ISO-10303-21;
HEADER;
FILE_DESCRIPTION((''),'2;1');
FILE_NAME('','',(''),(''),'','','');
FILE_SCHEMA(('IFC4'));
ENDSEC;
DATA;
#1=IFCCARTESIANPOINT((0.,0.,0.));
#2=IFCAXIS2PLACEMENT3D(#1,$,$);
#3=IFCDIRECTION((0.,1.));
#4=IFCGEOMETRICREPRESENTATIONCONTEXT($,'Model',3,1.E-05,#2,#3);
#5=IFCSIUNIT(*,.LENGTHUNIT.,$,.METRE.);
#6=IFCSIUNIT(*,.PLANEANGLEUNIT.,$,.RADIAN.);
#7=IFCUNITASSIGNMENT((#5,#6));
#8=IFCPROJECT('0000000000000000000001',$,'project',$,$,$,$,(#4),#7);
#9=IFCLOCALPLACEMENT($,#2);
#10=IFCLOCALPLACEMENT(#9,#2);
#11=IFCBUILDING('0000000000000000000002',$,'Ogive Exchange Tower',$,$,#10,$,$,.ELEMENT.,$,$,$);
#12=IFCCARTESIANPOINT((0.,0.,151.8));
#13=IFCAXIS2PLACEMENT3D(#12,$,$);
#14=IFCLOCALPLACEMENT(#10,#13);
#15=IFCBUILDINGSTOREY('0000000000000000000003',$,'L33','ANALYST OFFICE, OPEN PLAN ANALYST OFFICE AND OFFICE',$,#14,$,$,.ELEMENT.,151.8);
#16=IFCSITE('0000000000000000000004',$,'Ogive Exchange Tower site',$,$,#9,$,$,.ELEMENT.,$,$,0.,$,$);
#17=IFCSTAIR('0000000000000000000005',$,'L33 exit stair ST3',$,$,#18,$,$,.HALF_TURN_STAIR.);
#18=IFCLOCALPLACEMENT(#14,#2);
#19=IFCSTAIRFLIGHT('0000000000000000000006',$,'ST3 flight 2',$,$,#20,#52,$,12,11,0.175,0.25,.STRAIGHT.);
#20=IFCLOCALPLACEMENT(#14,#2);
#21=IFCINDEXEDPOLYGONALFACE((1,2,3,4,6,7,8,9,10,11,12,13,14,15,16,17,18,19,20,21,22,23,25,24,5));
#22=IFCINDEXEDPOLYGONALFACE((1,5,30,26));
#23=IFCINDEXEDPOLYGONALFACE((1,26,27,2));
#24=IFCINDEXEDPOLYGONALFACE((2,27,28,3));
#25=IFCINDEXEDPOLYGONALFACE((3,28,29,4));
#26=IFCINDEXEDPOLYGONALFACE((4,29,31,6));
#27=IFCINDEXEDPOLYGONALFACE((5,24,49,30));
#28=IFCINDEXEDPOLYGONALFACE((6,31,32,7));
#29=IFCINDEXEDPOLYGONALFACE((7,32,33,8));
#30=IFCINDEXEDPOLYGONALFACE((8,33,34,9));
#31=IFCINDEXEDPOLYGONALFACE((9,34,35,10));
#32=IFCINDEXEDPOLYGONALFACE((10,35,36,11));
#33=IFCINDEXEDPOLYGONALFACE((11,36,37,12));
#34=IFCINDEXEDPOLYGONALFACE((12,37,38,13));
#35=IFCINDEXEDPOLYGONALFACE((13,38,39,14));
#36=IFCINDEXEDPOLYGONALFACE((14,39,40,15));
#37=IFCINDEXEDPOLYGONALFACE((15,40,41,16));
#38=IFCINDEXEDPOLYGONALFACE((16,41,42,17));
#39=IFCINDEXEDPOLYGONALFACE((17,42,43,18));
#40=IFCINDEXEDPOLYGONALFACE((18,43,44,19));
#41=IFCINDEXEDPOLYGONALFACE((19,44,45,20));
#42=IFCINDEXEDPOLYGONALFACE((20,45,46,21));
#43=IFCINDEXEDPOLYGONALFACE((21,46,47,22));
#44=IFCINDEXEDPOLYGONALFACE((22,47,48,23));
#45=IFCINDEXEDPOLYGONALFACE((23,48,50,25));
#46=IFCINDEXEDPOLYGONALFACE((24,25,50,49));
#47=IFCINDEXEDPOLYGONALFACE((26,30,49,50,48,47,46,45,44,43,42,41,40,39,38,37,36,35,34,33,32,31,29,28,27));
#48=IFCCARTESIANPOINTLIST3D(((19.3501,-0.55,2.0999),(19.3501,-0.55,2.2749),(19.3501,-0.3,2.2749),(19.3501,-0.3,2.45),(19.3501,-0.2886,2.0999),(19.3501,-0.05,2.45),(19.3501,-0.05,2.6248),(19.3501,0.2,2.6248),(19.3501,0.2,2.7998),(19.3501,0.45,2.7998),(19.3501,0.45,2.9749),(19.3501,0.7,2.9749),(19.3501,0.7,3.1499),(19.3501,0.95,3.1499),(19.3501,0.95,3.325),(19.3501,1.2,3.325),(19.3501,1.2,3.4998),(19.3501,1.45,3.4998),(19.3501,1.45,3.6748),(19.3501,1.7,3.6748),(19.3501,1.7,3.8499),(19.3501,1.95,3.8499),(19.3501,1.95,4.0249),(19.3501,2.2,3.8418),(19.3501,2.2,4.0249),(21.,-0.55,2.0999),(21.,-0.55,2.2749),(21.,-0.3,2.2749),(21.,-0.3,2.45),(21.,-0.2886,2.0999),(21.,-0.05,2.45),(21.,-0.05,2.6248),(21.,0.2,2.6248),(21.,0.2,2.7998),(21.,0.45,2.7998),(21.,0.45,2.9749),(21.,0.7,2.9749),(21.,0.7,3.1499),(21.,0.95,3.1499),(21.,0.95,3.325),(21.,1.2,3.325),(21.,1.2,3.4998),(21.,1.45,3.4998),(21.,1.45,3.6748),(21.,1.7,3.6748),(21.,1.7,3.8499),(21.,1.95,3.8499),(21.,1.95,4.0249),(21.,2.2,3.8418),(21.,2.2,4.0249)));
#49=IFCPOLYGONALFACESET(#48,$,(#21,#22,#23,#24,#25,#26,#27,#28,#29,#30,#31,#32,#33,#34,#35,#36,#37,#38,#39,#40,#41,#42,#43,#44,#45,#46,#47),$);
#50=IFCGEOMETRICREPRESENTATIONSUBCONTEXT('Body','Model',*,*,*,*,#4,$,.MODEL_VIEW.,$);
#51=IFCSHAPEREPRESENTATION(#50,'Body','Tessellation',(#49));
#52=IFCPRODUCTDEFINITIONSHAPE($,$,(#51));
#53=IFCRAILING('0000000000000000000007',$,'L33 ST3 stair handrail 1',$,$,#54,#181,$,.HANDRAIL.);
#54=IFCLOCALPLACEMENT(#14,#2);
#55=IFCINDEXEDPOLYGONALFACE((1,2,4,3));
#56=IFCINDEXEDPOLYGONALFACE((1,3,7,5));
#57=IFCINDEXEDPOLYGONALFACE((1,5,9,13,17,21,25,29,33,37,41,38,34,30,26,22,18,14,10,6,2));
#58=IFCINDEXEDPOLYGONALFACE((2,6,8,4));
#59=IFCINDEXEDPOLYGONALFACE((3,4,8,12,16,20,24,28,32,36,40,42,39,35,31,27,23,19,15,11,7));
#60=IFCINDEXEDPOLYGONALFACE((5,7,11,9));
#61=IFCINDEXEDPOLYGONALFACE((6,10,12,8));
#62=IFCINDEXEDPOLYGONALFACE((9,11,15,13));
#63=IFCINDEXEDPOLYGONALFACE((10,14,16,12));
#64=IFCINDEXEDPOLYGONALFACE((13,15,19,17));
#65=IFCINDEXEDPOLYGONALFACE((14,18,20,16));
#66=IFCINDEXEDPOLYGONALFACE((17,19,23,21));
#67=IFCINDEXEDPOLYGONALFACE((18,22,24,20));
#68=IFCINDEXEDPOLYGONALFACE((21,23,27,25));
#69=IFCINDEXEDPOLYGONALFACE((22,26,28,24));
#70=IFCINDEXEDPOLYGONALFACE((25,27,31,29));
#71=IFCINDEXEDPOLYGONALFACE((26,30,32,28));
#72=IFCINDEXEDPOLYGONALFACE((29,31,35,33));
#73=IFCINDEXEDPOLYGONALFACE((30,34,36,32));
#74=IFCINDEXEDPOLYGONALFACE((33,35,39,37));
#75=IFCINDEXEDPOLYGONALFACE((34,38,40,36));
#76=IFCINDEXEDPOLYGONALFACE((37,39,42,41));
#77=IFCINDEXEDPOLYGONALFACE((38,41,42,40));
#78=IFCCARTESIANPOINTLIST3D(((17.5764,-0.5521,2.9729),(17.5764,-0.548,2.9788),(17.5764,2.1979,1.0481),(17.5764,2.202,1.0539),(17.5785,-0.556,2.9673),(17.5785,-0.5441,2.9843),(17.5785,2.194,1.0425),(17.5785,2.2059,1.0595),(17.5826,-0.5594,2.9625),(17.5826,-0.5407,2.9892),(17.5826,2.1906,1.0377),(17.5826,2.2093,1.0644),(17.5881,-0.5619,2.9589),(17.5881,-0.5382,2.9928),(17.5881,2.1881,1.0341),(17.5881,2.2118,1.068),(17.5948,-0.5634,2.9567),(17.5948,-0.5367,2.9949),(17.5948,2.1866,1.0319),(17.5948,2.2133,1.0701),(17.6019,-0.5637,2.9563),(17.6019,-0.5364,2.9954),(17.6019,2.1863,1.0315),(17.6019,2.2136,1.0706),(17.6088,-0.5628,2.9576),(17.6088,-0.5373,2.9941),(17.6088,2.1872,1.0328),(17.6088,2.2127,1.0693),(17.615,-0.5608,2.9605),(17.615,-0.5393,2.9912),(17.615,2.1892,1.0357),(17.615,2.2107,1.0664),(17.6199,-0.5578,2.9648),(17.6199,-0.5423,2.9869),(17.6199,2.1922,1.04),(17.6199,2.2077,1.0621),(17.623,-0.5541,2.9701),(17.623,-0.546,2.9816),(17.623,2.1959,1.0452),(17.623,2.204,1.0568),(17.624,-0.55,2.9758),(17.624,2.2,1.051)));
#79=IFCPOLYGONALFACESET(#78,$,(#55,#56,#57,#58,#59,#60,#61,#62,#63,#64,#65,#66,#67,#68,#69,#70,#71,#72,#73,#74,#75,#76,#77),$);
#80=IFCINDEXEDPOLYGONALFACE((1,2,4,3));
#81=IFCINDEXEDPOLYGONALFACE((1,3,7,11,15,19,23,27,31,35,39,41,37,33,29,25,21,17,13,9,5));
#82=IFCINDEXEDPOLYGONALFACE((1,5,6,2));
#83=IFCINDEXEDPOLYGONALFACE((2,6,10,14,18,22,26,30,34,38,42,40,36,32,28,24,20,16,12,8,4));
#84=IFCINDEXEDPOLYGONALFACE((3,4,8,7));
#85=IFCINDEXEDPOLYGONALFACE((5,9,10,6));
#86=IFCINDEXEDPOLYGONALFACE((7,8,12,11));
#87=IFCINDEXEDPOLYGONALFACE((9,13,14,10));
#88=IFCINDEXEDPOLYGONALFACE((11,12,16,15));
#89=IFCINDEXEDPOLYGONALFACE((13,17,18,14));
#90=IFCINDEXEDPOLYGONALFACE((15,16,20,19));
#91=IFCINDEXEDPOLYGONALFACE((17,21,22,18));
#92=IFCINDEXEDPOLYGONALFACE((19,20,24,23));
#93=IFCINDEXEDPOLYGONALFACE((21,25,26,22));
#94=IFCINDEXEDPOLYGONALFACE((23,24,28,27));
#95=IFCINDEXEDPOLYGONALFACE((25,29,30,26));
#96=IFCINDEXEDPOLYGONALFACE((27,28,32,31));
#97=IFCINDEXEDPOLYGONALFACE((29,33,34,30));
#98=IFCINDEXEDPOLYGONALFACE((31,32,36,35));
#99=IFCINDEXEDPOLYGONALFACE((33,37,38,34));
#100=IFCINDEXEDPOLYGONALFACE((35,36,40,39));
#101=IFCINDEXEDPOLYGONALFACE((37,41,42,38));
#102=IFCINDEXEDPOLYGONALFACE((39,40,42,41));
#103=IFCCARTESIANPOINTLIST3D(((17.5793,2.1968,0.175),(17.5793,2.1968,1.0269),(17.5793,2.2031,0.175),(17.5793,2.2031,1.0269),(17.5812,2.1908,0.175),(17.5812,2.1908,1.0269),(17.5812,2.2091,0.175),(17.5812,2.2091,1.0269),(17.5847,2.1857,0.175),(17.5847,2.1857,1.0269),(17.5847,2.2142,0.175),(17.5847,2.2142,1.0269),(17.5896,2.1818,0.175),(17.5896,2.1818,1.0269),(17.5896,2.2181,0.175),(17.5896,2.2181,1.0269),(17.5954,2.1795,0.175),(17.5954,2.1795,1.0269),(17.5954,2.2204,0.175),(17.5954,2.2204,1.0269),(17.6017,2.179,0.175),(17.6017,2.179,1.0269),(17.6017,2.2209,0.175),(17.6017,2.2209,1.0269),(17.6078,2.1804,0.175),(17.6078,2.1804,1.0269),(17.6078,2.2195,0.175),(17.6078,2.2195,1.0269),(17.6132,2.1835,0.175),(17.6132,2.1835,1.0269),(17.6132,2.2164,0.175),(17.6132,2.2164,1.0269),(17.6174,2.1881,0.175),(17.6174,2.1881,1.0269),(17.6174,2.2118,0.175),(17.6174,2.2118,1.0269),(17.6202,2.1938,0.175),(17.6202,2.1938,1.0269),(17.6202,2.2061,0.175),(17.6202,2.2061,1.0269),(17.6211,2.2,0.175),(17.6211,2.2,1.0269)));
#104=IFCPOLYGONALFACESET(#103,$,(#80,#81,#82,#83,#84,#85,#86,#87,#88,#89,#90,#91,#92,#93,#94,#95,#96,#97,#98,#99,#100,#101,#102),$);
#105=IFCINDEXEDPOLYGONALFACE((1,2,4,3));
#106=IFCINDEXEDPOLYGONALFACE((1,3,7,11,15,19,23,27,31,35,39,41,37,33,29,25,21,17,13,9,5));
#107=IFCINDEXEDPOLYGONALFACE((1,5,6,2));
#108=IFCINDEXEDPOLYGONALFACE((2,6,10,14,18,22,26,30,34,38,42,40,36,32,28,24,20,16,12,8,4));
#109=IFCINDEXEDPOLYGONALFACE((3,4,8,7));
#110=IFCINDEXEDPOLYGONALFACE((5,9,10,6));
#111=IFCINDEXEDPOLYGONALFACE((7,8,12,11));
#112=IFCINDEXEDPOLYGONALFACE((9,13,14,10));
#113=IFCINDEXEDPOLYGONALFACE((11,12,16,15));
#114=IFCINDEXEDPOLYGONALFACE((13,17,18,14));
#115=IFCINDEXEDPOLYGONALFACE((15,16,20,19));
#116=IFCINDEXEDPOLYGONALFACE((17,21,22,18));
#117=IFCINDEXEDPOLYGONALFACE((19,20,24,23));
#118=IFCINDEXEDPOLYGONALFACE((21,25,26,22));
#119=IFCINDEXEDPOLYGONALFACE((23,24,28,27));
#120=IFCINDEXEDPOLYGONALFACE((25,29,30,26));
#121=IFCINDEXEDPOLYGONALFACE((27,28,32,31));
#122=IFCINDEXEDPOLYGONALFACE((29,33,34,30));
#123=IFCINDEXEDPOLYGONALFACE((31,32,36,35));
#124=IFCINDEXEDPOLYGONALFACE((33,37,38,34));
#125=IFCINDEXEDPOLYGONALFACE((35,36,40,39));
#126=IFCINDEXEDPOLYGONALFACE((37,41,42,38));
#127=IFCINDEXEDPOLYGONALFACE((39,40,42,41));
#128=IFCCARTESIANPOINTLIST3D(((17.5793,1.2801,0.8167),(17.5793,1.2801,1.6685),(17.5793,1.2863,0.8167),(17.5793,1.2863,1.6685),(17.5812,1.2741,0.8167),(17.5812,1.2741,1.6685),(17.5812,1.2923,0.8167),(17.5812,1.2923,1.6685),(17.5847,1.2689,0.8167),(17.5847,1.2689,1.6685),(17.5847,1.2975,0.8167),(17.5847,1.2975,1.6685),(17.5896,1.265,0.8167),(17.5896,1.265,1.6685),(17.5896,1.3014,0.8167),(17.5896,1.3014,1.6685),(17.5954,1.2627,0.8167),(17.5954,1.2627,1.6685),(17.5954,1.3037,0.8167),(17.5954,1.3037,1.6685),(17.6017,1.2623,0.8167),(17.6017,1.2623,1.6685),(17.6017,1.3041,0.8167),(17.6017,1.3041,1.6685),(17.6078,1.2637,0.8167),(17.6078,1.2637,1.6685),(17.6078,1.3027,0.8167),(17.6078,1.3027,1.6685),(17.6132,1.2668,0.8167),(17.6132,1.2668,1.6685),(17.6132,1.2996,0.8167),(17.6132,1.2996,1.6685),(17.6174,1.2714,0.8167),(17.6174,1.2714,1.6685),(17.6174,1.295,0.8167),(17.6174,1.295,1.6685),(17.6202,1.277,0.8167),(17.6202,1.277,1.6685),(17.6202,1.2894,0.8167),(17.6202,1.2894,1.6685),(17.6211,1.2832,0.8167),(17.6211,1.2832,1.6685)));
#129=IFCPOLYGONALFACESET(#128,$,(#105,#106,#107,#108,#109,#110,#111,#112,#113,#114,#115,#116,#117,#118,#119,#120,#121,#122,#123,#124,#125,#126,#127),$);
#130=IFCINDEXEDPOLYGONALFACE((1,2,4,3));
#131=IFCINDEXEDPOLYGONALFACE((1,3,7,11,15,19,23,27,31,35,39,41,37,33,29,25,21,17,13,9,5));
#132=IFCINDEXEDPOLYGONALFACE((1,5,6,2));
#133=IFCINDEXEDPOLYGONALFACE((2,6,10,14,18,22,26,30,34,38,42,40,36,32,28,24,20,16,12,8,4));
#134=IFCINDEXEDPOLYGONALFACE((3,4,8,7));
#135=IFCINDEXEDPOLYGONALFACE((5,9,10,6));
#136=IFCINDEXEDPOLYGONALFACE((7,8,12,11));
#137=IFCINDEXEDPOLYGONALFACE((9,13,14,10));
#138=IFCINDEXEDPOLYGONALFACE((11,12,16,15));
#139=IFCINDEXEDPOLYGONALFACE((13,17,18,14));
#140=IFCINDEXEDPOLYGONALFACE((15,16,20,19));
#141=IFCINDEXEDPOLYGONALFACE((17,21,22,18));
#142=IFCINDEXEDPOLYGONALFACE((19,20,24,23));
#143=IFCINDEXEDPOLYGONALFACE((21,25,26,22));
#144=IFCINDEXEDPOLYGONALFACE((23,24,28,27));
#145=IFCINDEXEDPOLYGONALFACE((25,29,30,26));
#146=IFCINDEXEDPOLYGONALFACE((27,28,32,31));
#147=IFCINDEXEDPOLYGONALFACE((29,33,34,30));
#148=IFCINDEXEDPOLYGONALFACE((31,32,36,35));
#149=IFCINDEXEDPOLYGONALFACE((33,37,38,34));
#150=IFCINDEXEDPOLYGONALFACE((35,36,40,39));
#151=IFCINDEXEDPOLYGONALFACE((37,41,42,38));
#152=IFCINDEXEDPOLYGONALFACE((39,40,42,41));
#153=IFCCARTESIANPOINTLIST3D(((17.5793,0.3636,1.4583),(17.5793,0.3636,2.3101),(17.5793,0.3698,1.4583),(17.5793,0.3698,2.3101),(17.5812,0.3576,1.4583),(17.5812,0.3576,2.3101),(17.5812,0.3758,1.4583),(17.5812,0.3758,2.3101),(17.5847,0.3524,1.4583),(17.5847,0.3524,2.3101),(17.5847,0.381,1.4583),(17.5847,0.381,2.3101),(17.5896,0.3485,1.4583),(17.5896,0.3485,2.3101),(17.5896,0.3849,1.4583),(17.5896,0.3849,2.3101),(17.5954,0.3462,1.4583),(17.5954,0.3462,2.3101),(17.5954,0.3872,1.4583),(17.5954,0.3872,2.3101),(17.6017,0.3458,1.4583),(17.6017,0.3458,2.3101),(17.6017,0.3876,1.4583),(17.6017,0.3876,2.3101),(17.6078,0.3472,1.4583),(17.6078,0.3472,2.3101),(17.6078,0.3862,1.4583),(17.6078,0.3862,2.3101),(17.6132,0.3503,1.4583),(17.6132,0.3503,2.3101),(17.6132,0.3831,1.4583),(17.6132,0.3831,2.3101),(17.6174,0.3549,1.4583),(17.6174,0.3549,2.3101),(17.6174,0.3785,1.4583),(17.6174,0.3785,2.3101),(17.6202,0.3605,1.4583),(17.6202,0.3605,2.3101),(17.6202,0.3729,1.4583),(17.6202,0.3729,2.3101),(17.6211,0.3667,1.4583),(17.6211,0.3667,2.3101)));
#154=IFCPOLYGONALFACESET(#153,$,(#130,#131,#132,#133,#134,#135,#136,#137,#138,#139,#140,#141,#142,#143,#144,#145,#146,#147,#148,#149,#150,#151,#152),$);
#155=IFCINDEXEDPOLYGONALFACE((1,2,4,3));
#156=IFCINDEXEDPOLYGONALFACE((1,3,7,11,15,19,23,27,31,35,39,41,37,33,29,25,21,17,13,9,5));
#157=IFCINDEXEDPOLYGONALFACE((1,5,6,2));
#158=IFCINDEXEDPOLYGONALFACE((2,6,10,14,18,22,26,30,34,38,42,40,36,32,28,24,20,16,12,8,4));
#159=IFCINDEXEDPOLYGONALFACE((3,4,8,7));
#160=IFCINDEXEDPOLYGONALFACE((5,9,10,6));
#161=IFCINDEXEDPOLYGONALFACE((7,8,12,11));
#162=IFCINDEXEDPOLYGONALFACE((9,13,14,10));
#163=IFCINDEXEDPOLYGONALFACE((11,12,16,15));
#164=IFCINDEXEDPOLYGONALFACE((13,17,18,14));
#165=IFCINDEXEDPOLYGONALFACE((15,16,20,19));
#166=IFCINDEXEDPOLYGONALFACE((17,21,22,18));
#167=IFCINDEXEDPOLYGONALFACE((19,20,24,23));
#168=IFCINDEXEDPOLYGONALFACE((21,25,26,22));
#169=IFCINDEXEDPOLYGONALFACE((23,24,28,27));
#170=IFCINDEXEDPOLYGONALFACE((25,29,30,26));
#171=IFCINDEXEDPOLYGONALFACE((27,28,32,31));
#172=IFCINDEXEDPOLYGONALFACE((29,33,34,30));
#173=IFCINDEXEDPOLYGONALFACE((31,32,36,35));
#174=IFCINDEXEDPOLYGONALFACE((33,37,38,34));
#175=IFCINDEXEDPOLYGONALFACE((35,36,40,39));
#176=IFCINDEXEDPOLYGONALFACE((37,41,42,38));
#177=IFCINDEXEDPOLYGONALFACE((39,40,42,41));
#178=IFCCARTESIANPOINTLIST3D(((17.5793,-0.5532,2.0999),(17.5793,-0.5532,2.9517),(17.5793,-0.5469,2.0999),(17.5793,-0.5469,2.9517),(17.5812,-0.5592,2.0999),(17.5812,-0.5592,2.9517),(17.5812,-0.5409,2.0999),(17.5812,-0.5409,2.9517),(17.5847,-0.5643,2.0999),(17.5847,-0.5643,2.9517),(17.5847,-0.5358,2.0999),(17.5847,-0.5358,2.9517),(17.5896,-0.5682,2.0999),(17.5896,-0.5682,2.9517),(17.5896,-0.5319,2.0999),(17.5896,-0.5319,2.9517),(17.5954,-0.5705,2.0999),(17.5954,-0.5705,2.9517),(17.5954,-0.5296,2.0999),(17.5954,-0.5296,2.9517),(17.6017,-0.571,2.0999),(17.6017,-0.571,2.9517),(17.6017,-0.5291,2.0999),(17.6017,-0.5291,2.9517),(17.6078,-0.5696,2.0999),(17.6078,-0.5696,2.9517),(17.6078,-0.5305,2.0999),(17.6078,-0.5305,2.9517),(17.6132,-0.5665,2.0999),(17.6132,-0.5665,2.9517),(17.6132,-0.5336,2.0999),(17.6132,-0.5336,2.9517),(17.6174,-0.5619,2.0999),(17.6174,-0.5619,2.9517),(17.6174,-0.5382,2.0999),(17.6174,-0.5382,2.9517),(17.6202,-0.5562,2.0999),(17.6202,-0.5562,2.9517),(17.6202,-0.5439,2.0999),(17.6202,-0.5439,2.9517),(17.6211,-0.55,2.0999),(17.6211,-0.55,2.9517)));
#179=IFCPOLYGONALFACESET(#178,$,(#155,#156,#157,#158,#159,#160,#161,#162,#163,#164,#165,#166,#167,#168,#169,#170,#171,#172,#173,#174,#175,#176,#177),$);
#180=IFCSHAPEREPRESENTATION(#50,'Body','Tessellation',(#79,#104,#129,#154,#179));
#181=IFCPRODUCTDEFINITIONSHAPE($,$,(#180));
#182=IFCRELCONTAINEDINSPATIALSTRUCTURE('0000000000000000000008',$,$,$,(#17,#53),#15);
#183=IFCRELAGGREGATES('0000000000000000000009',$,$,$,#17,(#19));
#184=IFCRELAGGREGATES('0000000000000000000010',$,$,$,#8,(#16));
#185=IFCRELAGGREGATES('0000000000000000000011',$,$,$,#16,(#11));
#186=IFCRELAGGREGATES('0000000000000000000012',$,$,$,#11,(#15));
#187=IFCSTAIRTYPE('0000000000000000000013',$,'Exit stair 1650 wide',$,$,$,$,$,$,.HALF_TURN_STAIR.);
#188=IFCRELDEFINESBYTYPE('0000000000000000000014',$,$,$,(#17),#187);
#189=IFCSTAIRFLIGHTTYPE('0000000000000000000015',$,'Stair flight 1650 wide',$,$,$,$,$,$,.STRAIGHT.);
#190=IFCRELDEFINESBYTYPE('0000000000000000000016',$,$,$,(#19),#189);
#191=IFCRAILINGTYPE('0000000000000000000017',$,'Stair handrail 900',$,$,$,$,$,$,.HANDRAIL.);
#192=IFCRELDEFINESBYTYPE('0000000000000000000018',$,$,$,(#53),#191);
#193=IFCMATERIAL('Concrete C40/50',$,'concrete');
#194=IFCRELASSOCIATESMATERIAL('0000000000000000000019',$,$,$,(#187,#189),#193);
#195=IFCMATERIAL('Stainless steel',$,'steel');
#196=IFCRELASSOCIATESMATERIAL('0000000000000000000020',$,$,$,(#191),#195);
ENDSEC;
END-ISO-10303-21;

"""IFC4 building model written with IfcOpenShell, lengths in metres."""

from ifc_helpers import new_model, si_unit, direction, frame, origin, origin_2d, place, context, subcontext, project, spatial, polyline, circle, outline, extrude, material, type_object, element, aggregate, save


model = new_model("IFC4")

# Units and contexts
model_context = context("Model", 3, precision=1e-05, world=origin(), true_north=direction((0.0, 1.0)))
body_context = subcontext(model_context, "Body", "Model", "MODEL_VIEW")
ifc_project = project(units=[si_unit("LENGTHUNIT", "METRE"), si_unit("PLANEANGLEUNIT", "RADIAN")], contexts=[model_context])

# Site, building, storey
site_placement = place(None, origin())
site = spatial("IfcSite", under=ifc_project, at=site_placement, Name="Ogive Exchange Tower site", CompositionType="ELEMENT", RefElevation=0.0)
building_placement = place(site_placement, origin())
building = spatial("IfcBuilding", under=site, at=building_placement, Name="Ogive Exchange Tower", CompositionType="ELEMENT")
storey_placement = place(building_placement, frame((0.0, 0.0, 151.8)))
storey = spatial("IfcBuildingStorey", under=building, at=storey_placement, Name="L33", Description="ANALYST OFFICE, OPEN PLAN ANALYST OFFICE AND OFFICE", CompositionType="ELEMENT", Elevation=151.8)

# Shared definitions
ifc_material_1 = material(Name="Stainless steel", Category="steel")

# Stair, stair flight
ifc_material_2 = material(Name="Concrete C40/50", Category="concrete")
stair_type = type_object("IfcStairType", Name="Exit stair 1650 wide", PredefinedType="HALF_TURN_STAIR", material=ifc_material_2)
stair_placement = place(storey_placement, origin())
stair = element("IfcStair", 1, at=stair_placement, inside=storey, type_object=stair_type, Name="L33 exit stair ST3", PredefinedType="HALF_TURN_STAIR")
stair_flight_type = type_object("IfcStairFlightType", Name="Stair flight 1650 wide", PredefinedType="STRAIGHT", material=ifc_material_2)
stair_flight_1_placement = place(storey_placement, frame((20.175, -0.55, 2.0999), z_axis=(0.0, 0.0, 1.0), x_axis=(0.0, 1.0, 0.0)))
stair_flight_1 = element("IfcStairFlight", 2, at=stair_flight_1_placement, type_object=stair_flight_type, Name="ST3 flight 2", NumberOfRisers=12, NumberOfTreads=11, PredefinedType="STRAIGHT", RiserHeight=0.175, TreadLength=0.25, context=body_context, shape_type="SweptSolid", body=[
    extrude(outline(polyline([(0.0, 0.0), (0.0, 0.175), (0.25, 0.175), (0.25, 0.3501), (0.5, 0.3501), (0.5, 0.5249), (0.75, 0.5249), (0.75, 0.7), (1.0, 0.7), (1.0, 0.875), (1.25, 0.875), (1.25, 1.05), (1.5, 1.05), (1.5, 1.2251), (1.75, 1.2251), (1.75, 1.3999), (2.0, 1.3999), (2.0, 1.575), (2.25, 1.575), (2.25, 1.75), (2.5, 1.75), (2.5, 1.925), (2.75, 1.925), (2.75, 2.1001), (2.75, 1.7419), (0.2615, 0.0), (0.0, 0.0)])), frame((0.0, 0.825, 0.0), z_axis=(0.0, -1.0, 0.0), x_axis=(1.0, 0.0, 0.0)), (0.0, 0.0, 1.0), 1.6499),
])
aggregate(stair, [stair_flight_1])

# Railing
railing_type = type_object("IfcRailingType", Name="Stair handrail 900", PredefinedType="HANDRAIL", material=ifc_material_1)
railing_placement = place(storey_placement, frame((17.6001, 2.2, 0.175)))
element("IfcRailing", 3, at=railing_placement, inside=storey, type_object=railing_type, Name="L33 ST3 stair handrail 1", PredefinedType="HANDRAIL", context=body_context, shape_type="SweptSolid", body=[
    extrude(circle(Radius=0.0239, at=origin_2d()), frame((0.0, 0.0, 0.876), z_axis=(0.0, -0.819259, 0.573423), x_axis=(1.0, 0.0, 0.0)), (0.0, 0.0, 1.0), 3.3567),
    extrude(circle(Radius=0.021, at=origin_2d()), origin(), (0.0, 0.0, 1.0), 0.8518),
    extrude(circle(Radius=0.021, at=origin_2d()), frame((0.0, -0.9167, 0.6416)), (0.0, 0.0, 1.0), 0.8518),
    extrude(circle(Radius=0.021, at=origin_2d()), frame((0.0, -1.8333, 1.2832)), (0.0, 0.0, 1.0), 0.8518),
    extrude(circle(Radius=0.021, at=origin_2d()), frame((0.0, -2.75, 1.9248)), (0.0, 0.0, 1.0), 0.8518),
])

save(model, "model.ifc")
